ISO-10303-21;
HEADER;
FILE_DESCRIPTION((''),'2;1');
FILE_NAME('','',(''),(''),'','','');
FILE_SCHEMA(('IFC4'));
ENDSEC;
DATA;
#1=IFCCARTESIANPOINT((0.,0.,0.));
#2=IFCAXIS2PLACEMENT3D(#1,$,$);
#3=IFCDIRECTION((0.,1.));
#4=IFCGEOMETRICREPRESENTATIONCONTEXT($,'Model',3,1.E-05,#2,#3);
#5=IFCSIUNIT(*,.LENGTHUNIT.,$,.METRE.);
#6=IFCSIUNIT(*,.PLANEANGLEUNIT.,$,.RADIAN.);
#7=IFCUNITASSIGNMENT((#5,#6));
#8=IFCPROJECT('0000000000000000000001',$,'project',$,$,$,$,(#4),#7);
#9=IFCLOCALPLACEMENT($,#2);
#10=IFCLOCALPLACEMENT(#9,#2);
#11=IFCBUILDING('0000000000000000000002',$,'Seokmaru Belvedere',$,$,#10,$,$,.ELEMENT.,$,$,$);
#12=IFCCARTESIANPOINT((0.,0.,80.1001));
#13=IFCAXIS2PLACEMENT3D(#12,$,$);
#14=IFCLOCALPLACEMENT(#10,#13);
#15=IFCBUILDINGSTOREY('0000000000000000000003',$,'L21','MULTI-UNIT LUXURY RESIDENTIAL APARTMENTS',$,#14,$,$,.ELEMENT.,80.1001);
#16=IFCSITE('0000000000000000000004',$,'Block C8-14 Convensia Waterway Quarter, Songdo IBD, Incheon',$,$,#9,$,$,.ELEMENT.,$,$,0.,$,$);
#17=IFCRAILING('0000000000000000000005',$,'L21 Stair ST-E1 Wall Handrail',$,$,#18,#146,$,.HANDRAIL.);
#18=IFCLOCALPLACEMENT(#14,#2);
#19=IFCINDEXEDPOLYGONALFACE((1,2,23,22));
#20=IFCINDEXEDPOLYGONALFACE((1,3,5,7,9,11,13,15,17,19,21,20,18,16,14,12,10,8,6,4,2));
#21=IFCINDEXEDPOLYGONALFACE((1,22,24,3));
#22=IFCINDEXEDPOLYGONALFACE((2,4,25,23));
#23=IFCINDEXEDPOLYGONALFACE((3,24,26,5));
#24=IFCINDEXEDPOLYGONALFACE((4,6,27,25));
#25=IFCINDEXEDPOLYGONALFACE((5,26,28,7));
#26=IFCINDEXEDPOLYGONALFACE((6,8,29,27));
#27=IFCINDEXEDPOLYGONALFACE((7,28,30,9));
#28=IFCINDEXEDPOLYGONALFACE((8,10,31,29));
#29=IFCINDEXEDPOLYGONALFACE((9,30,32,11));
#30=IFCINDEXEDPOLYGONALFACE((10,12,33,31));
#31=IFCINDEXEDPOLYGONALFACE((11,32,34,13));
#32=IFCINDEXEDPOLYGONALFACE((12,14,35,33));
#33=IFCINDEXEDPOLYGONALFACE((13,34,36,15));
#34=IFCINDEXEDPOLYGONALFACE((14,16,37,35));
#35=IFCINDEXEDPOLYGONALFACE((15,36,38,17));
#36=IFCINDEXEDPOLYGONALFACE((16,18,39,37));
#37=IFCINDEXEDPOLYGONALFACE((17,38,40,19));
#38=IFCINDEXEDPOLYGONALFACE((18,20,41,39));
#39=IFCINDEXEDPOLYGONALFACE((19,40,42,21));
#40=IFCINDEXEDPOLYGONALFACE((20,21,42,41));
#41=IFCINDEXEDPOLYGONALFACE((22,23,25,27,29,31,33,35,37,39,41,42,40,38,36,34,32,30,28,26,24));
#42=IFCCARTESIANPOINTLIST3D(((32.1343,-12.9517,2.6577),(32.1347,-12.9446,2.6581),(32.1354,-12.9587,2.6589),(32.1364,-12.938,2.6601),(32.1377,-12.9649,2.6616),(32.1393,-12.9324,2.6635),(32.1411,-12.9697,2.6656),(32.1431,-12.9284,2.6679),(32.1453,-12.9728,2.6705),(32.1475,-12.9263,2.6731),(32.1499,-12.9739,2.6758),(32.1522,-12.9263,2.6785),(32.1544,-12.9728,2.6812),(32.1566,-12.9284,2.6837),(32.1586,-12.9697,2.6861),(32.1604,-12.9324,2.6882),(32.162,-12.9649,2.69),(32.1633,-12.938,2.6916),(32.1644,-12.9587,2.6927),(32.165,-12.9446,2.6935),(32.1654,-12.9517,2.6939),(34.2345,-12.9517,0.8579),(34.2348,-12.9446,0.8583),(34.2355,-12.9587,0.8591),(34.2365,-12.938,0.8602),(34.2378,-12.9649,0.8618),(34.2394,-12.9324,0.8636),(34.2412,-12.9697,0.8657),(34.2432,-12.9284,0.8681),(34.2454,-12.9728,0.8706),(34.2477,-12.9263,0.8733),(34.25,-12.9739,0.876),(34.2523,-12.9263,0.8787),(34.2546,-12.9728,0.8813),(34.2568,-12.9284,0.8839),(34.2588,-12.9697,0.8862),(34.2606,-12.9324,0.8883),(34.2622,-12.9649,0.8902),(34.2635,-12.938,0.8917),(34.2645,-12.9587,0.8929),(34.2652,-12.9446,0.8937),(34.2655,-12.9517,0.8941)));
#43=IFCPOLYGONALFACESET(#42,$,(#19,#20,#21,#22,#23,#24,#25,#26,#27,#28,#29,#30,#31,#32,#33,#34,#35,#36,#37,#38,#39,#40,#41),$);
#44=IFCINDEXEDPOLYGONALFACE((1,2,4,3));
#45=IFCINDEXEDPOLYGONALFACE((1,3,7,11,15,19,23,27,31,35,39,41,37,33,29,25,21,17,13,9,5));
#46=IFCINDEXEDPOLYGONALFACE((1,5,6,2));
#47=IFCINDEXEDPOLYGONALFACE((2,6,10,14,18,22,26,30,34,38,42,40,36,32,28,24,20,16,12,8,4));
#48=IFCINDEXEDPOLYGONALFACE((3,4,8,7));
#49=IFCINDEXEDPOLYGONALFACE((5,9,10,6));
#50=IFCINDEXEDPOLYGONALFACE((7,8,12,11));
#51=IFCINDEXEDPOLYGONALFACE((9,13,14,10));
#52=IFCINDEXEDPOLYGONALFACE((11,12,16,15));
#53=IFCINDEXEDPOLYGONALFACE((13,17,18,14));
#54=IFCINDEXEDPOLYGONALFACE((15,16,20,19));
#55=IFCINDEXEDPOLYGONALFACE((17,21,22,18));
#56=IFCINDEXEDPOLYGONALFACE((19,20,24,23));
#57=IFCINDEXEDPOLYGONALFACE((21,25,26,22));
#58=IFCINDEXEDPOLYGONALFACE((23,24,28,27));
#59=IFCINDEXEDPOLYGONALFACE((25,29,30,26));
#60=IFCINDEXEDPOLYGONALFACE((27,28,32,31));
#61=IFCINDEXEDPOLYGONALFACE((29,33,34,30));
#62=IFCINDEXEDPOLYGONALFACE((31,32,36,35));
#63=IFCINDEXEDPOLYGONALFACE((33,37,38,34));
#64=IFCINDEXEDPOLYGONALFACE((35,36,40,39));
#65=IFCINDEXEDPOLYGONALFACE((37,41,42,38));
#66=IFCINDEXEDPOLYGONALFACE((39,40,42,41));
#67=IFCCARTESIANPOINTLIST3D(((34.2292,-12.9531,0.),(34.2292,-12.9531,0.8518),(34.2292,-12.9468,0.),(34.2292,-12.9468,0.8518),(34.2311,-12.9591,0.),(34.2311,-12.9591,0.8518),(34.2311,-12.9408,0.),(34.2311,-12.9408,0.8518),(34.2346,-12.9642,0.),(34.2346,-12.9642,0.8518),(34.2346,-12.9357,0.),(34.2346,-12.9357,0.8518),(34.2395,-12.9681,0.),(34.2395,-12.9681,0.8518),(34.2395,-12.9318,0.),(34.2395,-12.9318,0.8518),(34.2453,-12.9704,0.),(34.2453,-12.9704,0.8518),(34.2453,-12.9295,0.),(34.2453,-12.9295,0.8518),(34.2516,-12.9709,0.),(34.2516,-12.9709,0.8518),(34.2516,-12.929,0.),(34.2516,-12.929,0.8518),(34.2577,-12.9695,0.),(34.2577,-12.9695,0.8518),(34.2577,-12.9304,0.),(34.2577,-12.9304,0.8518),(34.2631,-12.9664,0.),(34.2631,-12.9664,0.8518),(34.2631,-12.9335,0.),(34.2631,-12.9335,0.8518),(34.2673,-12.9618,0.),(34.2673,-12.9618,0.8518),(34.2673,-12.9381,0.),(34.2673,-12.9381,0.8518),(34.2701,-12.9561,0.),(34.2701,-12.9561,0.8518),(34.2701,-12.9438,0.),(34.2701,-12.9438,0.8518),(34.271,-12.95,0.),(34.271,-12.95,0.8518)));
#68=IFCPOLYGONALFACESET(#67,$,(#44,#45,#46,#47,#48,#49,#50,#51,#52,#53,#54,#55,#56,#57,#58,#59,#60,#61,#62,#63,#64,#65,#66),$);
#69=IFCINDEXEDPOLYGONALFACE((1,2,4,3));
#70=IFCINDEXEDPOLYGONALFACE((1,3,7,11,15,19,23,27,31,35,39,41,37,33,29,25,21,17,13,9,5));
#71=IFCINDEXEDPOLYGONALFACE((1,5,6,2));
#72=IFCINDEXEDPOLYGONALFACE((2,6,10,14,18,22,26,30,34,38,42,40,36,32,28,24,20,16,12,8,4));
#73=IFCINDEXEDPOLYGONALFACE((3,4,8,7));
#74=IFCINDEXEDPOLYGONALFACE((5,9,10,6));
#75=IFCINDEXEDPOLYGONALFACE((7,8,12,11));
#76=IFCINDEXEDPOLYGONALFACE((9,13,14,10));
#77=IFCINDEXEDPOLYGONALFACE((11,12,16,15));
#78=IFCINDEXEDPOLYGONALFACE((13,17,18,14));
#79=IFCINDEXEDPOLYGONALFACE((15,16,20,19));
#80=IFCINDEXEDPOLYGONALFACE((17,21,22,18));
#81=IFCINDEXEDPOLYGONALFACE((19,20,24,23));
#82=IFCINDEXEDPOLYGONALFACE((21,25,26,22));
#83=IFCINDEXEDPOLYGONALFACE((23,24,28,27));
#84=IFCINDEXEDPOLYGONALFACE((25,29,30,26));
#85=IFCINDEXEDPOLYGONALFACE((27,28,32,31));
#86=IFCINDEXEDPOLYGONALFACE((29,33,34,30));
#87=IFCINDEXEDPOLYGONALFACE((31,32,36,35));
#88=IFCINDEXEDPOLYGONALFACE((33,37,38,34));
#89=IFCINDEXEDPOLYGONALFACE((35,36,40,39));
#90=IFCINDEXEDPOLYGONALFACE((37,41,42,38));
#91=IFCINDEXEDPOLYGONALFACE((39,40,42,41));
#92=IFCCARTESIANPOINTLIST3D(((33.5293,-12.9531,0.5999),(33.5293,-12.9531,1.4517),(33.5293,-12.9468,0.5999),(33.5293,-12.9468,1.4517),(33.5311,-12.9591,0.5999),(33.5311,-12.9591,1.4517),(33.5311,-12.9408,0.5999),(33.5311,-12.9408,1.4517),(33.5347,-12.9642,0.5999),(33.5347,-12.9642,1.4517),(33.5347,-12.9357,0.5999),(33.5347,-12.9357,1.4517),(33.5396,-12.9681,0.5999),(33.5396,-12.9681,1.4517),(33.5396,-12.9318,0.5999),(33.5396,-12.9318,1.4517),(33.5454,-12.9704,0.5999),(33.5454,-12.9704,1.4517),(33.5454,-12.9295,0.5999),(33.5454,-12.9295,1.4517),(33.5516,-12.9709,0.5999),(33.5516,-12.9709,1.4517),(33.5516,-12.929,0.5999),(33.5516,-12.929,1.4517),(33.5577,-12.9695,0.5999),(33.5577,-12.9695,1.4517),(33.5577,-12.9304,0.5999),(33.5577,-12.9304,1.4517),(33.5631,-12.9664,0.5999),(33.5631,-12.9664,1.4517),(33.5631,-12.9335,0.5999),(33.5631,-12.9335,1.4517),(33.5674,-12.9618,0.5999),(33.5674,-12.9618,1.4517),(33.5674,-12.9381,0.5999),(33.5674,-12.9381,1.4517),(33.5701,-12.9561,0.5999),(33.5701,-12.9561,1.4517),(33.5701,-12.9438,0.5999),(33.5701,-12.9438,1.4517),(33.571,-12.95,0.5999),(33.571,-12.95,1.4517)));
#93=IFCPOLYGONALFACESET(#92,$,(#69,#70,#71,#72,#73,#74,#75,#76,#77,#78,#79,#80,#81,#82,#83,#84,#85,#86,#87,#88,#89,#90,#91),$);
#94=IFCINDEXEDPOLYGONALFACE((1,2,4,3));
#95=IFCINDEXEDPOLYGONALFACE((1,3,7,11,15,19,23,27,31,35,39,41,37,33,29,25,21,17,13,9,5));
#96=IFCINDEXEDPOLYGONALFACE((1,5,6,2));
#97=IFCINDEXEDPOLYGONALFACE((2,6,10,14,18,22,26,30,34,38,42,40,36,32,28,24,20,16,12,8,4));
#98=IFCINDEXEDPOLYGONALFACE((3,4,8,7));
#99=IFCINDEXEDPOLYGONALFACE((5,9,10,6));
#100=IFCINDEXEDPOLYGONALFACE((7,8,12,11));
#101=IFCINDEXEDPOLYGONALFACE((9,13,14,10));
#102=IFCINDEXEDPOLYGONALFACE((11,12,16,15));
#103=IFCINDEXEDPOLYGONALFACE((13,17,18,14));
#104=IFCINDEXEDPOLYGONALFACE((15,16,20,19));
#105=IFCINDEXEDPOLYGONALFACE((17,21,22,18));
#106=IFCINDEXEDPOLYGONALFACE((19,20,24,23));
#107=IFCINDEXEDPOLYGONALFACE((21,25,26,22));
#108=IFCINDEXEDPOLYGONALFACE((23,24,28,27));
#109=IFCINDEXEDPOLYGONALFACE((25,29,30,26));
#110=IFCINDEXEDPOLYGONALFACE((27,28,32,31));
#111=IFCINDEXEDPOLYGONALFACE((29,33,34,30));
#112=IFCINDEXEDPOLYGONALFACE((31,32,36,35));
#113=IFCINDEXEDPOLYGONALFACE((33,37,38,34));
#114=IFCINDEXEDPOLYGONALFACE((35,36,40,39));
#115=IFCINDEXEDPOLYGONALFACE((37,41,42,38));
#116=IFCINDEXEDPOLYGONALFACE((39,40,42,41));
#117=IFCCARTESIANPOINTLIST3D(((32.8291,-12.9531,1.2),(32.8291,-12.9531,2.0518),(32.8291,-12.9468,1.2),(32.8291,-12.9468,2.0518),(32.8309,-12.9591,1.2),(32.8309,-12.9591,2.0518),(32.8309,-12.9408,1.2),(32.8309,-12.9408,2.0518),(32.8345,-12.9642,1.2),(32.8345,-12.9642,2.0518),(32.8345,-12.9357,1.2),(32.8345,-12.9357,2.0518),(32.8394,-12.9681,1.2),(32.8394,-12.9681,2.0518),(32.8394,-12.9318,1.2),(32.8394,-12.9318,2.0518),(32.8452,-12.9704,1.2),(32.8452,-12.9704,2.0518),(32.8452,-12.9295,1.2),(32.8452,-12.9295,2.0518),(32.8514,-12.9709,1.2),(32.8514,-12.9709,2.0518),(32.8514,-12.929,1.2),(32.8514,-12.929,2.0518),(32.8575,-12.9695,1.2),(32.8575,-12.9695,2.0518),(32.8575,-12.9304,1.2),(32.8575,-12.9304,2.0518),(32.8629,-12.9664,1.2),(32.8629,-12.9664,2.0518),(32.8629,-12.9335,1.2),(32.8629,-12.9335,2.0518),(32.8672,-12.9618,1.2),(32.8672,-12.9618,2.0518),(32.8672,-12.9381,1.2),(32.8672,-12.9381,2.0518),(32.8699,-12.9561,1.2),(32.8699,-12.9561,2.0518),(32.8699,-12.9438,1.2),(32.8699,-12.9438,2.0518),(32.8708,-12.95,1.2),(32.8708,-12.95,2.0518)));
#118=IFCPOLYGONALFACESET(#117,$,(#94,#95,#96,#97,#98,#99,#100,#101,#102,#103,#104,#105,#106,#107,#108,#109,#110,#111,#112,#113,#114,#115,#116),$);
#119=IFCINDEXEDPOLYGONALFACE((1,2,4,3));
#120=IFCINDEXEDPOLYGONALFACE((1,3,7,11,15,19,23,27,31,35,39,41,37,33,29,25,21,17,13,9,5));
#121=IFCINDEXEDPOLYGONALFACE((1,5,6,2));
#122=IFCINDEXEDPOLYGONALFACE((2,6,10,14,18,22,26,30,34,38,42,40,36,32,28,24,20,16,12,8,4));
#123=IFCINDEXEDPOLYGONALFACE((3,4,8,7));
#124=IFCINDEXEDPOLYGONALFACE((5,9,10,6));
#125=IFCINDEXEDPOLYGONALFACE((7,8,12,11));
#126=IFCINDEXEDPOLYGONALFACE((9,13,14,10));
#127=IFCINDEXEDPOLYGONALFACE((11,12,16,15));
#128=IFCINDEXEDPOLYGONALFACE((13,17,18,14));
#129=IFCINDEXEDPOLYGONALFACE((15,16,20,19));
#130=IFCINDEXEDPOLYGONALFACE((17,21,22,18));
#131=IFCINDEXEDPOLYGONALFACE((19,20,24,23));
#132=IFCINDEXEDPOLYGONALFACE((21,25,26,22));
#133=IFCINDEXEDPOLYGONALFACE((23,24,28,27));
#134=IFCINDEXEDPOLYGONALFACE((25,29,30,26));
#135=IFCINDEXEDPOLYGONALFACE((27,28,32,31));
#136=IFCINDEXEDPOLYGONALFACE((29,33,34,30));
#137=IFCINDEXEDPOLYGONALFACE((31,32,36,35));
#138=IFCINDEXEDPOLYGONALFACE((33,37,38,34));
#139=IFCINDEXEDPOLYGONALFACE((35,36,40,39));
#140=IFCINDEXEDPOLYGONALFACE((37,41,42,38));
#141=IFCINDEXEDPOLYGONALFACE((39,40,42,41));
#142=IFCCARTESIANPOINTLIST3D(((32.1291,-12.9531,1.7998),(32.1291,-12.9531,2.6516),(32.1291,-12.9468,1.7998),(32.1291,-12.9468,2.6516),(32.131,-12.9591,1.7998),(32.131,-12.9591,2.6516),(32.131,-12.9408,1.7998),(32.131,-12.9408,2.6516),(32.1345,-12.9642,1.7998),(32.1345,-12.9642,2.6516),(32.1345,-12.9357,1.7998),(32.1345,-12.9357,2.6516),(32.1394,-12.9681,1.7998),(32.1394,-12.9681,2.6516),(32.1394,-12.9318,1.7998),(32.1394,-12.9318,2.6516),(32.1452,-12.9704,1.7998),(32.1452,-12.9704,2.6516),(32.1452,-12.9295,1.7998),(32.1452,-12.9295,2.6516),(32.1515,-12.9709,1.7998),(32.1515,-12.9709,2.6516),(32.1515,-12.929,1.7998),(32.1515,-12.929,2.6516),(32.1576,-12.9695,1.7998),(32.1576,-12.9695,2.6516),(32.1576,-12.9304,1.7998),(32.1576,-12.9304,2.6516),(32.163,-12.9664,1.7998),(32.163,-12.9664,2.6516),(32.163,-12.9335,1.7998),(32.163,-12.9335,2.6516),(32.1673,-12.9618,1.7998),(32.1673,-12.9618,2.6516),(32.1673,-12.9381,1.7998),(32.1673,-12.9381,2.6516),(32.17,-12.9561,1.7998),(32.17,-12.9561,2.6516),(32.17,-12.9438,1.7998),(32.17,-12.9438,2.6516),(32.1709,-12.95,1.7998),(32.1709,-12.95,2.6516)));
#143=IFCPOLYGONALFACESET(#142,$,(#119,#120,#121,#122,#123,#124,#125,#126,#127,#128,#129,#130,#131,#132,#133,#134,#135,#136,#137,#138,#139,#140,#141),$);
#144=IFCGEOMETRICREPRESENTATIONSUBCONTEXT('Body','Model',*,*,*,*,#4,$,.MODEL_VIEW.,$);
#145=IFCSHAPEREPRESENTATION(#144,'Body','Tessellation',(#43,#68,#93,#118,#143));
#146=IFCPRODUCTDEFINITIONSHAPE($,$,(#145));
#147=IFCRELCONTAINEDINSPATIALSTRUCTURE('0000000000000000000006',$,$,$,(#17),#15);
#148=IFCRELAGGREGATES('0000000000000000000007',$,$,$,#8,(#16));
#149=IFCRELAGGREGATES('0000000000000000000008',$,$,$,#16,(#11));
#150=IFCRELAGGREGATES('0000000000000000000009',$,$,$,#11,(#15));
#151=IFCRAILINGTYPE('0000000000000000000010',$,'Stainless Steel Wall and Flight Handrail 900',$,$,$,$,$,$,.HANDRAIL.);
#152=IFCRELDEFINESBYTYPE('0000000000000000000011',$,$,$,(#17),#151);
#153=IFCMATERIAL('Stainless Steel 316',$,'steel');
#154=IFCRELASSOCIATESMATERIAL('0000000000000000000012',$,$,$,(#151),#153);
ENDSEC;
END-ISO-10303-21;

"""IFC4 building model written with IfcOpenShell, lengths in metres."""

from ifc_helpers import new_model, si_unit, direction, frame, origin, origin_2d, place, context, subcontext, project, spatial, circle, extrude, material, type_object, element, save


model = new_model("IFC4")

# Units and contexts
model_context = context("Model", 3, precision=1e-05, world=origin(), true_north=direction((0.0, 1.0)))
body_context = subcontext(model_context, "Body", "Model", "MODEL_VIEW")
ifc_project = project(units=[si_unit("LENGTHUNIT", "METRE"), si_unit("PLANEANGLEUNIT", "RADIAN")], contexts=[model_context])

# Site, building, storey
site_placement = place(None, origin())
site = spatial("IfcSite", under=ifc_project, at=site_placement, Name="Block C8-14 Convensia Waterway Quarter, Songdo IBD, Incheon", CompositionType="ELEMENT", RefElevation=0.0)
building_placement = place(site_placement, origin())
building = spatial("IfcBuilding", under=site, at=building_placement, Name="Seokmaru Belvedere", CompositionType="ELEMENT")
storey_placement = place(building_placement, frame((0.0, 0.0, 80.1001)))
storey = spatial("IfcBuildingStorey", under=building, at=storey_placement, Name="L21", Description="MULTI-UNIT LUXURY RESIDENTIAL APARTMENTS", CompositionType="ELEMENT", Elevation=80.1001)

# Shared definitions
ifc_material_1 = material(Name="Stainless Steel 316", Category="steel")

# Railing
railing_type_1 = type_object("IfcRailingType", Name="Stainless Steel Wall and Flight Handrail 900", PredefinedType="HANDRAIL", material=ifc_material_1)
railing_1_placement = place(storey_placement, frame((34.25, -12.95, 0.0)))
element("IfcRailing", 1, at=railing_1_placement, inside=storey, type_object=railing_type_1, Name="L21 Stair ST-E1 Wall Handrail", PredefinedType="HANDRAIL", context=body_context, shape_type="SweptSolid", body=[
    extrude(circle(Radius=0.0239, at=origin_2d()), frame((0.0, 0.0, 0.876), z_axis=(-0.759306, 0.0, 0.650733), x_axis=(0.0, -1.0, 0.0)), (0.0, 0.0, 1.0), 2.7659),
    extrude(circle(Radius=0.021, at=origin_2d()), origin(), (0.0, 0.0, 1.0), 0.8518),
    extrude(circle(Radius=0.021, at=origin_2d()), frame((-0.7, 0.0, 0.5999)), (0.0, 0.0, 1.0), 0.8518),
    extrude(circle(Radius=0.021, at=origin_2d()), frame((-1.4001, 0.0, 1.2)), (0.0, 0.0, 1.0), 0.8518),
    extrude(circle(Radius=0.021, at=origin_2d()), frame((-2.1001, 0.0, 1.7998)), (0.0, 0.0, 1.0), 0.8518),
])

save(model, "model.ifc")
